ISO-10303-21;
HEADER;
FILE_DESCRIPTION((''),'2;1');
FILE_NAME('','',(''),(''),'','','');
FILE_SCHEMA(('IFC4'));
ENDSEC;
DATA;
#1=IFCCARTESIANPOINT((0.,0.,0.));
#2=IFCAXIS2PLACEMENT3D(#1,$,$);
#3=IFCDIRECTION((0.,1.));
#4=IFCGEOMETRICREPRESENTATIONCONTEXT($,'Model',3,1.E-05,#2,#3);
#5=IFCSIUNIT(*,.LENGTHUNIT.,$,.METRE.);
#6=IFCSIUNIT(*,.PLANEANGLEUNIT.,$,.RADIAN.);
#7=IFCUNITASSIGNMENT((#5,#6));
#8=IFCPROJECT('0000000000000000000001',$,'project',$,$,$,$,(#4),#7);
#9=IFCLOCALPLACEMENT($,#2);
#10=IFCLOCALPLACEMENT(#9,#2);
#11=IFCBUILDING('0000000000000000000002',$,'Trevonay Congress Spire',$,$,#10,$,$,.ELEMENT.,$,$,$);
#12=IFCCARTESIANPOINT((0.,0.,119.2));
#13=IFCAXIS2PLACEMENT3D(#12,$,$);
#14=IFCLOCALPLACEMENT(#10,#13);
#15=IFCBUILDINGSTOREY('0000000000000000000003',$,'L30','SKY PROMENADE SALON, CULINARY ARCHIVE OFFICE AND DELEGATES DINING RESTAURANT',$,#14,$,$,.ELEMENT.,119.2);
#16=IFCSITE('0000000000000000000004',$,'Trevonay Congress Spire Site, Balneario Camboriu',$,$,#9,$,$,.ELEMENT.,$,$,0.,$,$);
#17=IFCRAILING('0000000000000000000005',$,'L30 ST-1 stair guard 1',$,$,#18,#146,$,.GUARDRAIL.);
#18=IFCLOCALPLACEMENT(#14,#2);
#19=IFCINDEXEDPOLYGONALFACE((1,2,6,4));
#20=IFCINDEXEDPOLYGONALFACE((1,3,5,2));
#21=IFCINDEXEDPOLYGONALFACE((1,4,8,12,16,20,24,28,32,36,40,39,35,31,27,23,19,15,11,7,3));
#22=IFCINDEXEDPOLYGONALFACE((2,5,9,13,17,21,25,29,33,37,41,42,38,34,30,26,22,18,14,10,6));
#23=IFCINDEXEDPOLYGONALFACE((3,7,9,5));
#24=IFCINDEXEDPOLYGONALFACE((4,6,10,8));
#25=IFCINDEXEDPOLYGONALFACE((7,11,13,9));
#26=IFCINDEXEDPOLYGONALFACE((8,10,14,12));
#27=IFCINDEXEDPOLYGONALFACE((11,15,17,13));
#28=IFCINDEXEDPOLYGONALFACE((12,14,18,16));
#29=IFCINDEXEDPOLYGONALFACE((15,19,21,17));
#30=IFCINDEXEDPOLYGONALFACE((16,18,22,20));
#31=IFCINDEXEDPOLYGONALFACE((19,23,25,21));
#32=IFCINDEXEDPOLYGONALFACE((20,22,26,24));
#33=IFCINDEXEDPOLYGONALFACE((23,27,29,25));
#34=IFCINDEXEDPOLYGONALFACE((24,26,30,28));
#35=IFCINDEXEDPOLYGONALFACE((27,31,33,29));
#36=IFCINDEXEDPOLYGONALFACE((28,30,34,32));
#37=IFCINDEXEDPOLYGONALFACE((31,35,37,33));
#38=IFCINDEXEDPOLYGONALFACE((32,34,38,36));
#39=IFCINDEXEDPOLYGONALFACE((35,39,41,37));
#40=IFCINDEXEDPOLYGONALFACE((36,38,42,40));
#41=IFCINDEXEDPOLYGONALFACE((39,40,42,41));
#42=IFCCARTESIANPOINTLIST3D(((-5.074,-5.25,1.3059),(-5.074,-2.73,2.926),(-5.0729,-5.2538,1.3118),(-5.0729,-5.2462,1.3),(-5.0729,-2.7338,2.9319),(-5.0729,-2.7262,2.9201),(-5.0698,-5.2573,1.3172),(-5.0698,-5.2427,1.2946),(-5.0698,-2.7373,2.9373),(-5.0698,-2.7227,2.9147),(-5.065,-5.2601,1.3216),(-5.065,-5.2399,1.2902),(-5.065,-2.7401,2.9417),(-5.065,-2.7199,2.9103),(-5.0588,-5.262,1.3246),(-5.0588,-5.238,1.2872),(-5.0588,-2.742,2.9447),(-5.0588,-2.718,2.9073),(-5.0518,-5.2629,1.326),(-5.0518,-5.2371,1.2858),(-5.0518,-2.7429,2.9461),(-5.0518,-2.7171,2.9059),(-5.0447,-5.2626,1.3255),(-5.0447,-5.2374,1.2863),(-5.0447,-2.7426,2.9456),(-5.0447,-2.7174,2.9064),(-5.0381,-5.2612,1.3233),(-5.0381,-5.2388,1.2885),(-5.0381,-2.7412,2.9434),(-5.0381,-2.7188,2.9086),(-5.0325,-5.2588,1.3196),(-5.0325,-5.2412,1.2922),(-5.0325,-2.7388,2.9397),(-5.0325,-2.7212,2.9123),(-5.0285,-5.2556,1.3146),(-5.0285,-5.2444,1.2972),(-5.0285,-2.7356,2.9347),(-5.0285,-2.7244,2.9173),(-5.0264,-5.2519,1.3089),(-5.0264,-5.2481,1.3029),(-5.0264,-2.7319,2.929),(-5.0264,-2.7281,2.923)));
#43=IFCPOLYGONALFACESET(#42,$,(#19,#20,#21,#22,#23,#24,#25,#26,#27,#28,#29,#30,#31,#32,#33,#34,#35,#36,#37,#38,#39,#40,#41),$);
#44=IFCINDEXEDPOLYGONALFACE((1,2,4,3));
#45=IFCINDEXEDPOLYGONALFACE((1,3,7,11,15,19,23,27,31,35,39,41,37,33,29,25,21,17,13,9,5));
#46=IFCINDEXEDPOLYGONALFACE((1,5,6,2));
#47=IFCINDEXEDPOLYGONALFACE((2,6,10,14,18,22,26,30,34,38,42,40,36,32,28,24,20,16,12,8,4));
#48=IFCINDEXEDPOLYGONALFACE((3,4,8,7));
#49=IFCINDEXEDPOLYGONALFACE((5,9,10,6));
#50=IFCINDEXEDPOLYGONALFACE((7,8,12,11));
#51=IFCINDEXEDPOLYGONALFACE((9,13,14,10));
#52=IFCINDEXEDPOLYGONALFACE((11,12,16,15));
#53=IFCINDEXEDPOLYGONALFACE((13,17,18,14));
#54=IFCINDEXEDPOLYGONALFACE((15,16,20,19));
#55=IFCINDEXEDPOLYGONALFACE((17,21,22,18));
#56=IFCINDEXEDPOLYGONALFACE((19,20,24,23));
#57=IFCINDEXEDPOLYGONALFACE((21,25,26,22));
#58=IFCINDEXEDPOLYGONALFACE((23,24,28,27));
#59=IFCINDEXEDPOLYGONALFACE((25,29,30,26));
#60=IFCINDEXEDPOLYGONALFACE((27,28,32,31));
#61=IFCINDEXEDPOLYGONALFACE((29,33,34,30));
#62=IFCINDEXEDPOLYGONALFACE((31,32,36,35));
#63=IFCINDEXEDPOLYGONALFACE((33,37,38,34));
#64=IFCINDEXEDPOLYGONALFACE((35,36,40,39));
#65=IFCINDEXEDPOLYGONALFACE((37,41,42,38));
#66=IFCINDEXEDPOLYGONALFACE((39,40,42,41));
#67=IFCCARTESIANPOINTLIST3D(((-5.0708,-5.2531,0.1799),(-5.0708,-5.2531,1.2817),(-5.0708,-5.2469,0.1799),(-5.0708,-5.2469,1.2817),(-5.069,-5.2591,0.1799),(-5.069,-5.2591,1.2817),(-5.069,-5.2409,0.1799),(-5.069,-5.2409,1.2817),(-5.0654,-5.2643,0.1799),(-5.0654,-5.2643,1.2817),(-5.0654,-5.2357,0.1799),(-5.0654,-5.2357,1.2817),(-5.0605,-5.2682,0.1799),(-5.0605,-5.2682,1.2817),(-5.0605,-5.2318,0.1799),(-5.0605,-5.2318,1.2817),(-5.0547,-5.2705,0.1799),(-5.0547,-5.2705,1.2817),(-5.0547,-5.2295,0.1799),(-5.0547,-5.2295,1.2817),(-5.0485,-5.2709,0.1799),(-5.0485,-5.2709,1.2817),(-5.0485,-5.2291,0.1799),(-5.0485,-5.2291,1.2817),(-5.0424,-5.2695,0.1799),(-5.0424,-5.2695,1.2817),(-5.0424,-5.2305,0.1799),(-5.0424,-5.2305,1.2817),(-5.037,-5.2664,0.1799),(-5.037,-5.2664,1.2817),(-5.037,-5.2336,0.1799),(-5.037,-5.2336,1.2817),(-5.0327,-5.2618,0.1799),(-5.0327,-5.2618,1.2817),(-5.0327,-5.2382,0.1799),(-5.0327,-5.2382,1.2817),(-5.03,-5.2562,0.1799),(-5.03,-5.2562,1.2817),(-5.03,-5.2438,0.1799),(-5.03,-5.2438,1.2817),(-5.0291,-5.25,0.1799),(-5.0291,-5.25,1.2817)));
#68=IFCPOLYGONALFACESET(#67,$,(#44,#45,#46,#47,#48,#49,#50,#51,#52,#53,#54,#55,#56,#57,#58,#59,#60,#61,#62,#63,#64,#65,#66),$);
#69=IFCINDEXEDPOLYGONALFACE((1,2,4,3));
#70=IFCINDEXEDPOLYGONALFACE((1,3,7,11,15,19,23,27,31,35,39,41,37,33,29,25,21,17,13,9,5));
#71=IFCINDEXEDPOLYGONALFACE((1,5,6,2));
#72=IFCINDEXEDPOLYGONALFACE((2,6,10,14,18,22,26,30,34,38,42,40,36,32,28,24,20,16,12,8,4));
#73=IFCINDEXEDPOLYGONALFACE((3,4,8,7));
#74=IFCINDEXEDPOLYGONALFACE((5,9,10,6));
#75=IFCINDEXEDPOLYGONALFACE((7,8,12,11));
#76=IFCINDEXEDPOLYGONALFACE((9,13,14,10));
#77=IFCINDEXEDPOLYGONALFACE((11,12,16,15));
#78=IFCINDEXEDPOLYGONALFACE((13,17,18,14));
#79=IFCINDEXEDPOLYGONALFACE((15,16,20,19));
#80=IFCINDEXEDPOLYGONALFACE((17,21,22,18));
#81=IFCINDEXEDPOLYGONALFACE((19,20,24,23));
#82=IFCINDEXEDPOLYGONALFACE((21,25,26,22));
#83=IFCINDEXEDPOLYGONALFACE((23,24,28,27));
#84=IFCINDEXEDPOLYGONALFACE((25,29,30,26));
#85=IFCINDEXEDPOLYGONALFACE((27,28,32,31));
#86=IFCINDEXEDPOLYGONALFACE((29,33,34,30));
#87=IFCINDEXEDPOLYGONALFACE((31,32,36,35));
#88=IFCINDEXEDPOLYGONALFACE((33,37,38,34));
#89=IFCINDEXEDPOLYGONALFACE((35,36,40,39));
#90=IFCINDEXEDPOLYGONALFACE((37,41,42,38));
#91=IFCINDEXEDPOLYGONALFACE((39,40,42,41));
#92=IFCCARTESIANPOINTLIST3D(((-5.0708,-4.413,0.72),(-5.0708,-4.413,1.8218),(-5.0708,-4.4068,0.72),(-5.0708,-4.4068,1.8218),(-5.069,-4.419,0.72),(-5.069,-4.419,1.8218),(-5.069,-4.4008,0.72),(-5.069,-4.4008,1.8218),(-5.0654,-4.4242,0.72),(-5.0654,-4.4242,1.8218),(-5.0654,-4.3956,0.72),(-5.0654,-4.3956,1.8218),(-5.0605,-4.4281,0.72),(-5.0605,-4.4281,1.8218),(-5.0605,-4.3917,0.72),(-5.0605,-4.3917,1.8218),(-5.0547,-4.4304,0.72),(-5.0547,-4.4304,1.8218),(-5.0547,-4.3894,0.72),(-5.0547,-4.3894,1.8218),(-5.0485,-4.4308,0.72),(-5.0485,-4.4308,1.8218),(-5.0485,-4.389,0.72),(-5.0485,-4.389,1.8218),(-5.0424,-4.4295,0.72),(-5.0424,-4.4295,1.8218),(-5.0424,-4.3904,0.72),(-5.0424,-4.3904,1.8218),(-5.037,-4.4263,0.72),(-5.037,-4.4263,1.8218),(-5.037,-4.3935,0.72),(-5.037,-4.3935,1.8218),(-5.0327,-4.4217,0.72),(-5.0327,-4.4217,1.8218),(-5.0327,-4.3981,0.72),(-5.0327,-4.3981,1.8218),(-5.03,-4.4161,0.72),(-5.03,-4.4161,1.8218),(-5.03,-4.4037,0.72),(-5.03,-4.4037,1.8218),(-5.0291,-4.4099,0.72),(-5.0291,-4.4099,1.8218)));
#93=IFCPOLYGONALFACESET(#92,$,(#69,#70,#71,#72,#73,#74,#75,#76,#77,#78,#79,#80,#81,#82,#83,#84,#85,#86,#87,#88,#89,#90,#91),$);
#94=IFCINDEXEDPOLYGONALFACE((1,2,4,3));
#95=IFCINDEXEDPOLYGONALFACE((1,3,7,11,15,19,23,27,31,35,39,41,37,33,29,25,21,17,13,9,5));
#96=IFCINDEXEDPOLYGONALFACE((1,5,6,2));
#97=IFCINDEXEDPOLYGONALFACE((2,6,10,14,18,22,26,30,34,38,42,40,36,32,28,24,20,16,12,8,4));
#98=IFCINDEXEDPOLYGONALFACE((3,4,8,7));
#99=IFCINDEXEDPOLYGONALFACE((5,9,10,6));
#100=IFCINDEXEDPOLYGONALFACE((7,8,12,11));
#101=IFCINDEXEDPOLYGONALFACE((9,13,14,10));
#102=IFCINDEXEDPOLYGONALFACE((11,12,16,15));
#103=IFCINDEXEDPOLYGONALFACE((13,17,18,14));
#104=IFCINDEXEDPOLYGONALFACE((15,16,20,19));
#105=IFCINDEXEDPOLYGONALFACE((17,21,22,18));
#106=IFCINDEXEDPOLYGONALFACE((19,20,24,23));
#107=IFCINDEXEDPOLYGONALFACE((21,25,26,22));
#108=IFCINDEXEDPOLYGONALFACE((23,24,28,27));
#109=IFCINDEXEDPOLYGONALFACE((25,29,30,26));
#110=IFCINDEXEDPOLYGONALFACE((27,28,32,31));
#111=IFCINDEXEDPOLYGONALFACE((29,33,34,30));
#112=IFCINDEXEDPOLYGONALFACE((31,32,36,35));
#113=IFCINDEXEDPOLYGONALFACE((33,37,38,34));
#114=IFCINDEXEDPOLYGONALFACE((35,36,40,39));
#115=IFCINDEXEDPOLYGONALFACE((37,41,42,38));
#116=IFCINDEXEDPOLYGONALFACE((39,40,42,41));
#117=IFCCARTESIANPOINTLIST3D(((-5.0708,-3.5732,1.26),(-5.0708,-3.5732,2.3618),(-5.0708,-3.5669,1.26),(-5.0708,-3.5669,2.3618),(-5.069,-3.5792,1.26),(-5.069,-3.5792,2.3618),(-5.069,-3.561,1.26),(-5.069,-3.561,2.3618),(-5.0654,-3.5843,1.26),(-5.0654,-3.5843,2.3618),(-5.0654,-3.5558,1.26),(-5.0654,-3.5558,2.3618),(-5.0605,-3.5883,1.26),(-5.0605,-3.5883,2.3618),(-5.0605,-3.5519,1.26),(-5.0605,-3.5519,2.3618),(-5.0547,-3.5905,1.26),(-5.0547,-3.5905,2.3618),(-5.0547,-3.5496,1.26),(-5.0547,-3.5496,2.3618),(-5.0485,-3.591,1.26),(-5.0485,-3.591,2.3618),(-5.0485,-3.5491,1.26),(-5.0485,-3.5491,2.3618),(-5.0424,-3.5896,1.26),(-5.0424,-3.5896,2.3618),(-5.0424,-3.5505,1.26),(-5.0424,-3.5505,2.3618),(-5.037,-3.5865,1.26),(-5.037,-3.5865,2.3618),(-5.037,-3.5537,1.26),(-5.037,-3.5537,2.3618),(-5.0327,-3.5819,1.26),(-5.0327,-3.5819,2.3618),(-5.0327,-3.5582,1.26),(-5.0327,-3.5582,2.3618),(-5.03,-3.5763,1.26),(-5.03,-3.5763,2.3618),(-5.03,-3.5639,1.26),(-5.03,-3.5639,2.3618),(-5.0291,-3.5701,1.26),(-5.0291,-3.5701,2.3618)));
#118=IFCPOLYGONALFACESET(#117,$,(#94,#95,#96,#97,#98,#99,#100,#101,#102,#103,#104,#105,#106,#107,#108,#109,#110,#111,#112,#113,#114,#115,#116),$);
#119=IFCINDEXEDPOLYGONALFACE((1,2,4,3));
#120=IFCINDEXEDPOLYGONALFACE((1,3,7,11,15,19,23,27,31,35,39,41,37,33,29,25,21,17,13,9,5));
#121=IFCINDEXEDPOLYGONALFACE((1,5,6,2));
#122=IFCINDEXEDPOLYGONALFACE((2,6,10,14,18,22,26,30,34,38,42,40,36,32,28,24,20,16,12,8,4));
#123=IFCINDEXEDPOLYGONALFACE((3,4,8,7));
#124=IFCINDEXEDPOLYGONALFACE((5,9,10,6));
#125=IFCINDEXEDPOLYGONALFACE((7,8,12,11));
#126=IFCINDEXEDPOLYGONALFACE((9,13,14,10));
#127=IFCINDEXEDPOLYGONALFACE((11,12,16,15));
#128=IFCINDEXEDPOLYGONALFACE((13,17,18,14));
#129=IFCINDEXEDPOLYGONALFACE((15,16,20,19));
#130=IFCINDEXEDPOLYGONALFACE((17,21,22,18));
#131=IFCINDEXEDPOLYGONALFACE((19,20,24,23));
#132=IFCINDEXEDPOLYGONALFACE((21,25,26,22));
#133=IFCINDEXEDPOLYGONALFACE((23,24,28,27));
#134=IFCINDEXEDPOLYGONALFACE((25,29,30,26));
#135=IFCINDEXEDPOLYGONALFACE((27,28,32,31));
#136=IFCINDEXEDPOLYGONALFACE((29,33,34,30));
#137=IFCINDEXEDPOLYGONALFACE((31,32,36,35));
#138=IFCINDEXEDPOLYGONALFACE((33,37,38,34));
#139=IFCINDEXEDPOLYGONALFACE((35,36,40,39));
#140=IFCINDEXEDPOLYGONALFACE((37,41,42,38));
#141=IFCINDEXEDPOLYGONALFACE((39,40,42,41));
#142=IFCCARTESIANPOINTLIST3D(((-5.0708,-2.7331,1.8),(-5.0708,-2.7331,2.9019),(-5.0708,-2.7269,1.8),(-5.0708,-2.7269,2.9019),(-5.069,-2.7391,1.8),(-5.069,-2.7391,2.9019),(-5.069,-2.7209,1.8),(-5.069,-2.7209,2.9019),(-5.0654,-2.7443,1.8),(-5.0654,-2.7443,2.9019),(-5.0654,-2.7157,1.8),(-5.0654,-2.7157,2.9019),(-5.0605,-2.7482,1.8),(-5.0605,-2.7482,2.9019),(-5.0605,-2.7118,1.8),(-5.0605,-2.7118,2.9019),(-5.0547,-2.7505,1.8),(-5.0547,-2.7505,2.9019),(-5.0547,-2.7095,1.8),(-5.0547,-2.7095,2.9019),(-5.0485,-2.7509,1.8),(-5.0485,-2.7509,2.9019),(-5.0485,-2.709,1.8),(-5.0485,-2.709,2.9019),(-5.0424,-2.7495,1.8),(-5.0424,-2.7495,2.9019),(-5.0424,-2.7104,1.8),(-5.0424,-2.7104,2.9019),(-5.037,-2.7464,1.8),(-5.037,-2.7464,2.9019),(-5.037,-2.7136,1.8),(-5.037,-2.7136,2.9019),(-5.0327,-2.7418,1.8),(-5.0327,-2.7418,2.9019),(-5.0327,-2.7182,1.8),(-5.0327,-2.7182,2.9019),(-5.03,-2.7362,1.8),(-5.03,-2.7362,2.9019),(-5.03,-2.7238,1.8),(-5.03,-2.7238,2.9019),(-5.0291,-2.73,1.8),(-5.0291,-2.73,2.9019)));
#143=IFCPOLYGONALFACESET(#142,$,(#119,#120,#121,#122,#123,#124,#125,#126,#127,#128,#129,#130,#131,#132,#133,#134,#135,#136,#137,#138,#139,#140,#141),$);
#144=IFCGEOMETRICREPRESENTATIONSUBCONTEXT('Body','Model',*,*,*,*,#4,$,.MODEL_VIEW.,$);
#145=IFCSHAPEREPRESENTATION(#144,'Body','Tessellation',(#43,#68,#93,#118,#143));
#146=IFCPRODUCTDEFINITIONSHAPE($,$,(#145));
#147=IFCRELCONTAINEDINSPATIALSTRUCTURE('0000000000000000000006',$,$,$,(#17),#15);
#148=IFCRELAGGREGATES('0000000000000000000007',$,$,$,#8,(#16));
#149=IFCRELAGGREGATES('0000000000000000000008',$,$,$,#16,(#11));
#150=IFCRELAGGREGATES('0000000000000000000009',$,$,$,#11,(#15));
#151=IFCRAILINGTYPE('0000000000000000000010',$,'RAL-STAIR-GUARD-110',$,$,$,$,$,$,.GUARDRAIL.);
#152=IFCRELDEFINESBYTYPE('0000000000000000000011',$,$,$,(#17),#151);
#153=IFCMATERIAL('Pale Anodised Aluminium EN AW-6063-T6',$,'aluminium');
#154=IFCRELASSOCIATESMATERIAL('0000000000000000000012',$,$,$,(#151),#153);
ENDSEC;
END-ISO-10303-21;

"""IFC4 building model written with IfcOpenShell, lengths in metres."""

from ifc_helpers import new_model, si_unit, direction, frame, origin, origin_2d, place, context, subcontext, project, spatial, circle, extrude, material, type_object, element, save


model = new_model("IFC4")

# Units and contexts
model_context = context("Model", 3, precision=1e-05, world=origin(), true_north=direction((0.0, 1.0)))
body_context = subcontext(model_context, "Body", "Model", "MODEL_VIEW")
ifc_project = project(units=[si_unit("LENGTHUNIT", "METRE"), si_unit("PLANEANGLEUNIT", "RADIAN")], contexts=[model_context])

# Site, building, storey
site_placement = place(None, origin())
site = spatial("IfcSite", under=ifc_project, at=site_placement, Name="Trevonay Congress Spire Site, Balneario Camboriu", CompositionType="ELEMENT", RefElevation=0.0)
building_placement = place(site_placement, origin())
building = spatial("IfcBuilding", under=site, at=building_placement, Name="Trevonay Congress Spire", CompositionType="ELEMENT")
storey_placement = place(building_placement, frame((0.0, 0.0, 119.2)))
storey = spatial("IfcBuildingStorey", under=building, at=storey_placement, Name="L30", Description="SKY PROMENADE SALON, CULINARY ARCHIVE OFFICE AND DELEGATES DINING RESTAURANT", CompositionType="ELEMENT", Elevation=119.2)

# Shared definitions
ifc_material_1 = material(Name="Pale Anodised Aluminium EN AW-6063-T6", Category="aluminium")

# Railing
railing_type_1 = type_object("IfcRailingType", Name="RAL-STAIR-GUARD-110", PredefinedType="GUARDRAIL", material=ifc_material_1)
railing_1_placement = place(storey_placement, frame((-5.05, -5.25, 0.1799)))
element("IfcRailing", 1, at=railing_1_placement, inside=storey, type_object=railing_type_1, Name="L30 ST-1 stair guard 1", PredefinedType="GUARDRAIL", context=body_context, shape_type="SweptSolid", body=[
    extrude(circle(Radius=0.0239, at=origin_2d()), frame((0.0, 0.0, 1.126), z_axis=(0.0, 0.841163, 0.540782), x_axis=(-1.0, 0.0, 0.0)), (0.0, 0.0, 1.0), 2.9958),
    extrude(circle(Radius=0.021, at=origin_2d()), origin(), (0.0, 0.0, 1.0), 1.1018),
    extrude(circle(Radius=0.021, at=origin_2d()), frame((0.0, 0.8401, 0.54)), (0.0, 0.0, 1.0), 1.1018),
    extrude(circle(Radius=0.021, at=origin_2d()), frame((0.0, 1.6799, 1.0801)), (0.0, 0.0, 1.0), 1.1018),
    extrude(circle(Radius=0.021, at=origin_2d()), frame((0.0, 2.52, 1.6201)), (0.0, 0.0, 1.0), 1.1018),
])

save(model, "model.ifc")
